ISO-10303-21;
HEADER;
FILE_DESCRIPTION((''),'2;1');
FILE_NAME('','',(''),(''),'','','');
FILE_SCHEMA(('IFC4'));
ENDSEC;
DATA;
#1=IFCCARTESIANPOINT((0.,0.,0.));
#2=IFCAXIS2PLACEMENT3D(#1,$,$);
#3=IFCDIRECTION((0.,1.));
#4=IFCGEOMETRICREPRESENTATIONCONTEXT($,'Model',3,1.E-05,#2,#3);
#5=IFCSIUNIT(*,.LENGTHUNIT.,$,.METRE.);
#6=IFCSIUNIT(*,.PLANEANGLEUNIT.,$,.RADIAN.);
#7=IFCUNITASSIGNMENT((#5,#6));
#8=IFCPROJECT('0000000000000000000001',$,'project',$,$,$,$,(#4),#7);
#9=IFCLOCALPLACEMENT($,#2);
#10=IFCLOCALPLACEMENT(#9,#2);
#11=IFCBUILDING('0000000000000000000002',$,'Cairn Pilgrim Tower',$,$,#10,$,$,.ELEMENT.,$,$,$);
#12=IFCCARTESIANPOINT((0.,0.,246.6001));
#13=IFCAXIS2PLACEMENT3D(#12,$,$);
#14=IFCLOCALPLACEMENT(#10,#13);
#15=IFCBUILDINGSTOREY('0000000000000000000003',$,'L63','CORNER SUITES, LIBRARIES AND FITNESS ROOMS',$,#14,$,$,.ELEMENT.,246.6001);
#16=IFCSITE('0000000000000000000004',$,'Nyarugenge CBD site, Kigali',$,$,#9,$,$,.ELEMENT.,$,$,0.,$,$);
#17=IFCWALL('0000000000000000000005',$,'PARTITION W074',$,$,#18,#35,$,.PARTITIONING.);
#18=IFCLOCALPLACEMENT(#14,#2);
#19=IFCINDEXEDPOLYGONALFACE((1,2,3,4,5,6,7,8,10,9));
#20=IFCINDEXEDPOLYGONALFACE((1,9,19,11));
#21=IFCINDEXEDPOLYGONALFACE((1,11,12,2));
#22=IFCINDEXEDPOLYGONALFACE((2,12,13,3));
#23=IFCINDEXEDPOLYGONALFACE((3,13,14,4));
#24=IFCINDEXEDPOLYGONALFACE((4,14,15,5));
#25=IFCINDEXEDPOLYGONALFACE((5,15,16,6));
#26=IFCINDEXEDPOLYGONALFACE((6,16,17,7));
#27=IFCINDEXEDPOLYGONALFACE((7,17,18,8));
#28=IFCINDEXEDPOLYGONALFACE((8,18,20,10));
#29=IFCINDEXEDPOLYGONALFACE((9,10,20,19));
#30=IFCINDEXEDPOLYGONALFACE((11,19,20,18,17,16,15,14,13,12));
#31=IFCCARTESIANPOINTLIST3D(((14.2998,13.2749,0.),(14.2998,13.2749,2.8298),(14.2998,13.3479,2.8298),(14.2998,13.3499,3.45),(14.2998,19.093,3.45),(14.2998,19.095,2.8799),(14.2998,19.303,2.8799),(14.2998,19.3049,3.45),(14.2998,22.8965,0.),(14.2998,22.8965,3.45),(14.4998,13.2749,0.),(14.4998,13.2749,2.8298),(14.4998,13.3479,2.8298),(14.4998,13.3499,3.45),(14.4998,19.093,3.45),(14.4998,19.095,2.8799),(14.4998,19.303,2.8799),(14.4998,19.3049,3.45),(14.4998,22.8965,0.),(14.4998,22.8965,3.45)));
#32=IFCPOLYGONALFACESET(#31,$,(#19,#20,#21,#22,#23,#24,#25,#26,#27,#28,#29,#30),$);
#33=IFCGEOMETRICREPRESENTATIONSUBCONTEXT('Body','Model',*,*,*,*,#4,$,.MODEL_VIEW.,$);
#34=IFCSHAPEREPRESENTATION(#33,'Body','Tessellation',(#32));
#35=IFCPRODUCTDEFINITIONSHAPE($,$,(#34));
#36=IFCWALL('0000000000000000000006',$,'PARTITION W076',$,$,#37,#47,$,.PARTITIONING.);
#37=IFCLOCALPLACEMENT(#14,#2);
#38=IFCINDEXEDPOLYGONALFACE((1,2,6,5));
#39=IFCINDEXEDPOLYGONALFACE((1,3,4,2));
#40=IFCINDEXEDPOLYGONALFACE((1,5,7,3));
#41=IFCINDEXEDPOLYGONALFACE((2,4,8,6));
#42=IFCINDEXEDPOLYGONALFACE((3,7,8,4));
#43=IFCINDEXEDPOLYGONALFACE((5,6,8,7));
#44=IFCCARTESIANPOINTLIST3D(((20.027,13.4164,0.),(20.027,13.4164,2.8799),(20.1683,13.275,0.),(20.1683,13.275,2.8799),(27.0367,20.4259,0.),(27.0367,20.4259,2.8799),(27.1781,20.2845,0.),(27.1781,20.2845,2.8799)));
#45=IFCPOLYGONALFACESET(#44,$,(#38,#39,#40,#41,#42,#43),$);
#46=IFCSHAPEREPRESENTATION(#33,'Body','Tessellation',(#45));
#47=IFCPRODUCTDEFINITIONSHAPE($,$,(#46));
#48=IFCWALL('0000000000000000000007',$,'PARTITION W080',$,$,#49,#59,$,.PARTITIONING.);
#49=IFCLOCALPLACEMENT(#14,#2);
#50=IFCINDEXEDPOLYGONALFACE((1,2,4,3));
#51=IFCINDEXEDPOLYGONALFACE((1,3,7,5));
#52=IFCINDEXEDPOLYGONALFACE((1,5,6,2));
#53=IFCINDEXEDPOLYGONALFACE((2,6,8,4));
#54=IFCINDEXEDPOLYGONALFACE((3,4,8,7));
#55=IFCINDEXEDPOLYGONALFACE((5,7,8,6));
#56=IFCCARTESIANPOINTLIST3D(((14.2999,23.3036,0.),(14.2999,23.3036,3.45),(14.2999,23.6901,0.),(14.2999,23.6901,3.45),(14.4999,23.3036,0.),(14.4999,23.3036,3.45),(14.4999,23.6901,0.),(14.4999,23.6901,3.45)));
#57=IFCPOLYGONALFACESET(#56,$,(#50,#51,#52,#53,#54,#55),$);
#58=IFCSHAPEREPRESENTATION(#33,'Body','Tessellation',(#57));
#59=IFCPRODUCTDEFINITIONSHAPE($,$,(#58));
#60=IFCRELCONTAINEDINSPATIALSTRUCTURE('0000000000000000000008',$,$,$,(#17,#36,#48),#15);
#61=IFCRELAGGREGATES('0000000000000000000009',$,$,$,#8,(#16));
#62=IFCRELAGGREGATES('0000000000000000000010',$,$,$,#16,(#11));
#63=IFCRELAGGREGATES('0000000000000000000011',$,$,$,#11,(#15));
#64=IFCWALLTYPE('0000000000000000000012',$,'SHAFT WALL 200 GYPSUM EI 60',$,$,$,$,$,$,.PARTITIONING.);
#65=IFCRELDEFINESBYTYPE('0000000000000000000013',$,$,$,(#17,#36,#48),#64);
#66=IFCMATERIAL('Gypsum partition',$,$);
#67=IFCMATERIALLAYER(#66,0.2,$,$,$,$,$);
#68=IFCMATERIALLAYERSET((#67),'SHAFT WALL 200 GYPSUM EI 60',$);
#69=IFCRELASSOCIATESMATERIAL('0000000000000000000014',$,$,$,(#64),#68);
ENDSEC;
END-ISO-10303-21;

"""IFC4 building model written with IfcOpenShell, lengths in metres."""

from ifc_helpers import new_model, si_unit, direction, frame, frame_2d, origin, place, context, subcontext, project, spatial, polyline, rectangle, outline, extrude, material, layer, layer_set, type_object, element, save


model = new_model("IFC4")

# Units and contexts
model_context = context("Model", 3, precision=1e-05, world=origin(), true_north=direction((0.0, 1.0)))
body_context = subcontext(model_context, "Body", "Model", "MODEL_VIEW")
ifc_project = project(units=[si_unit("LENGTHUNIT", "METRE"), si_unit("PLANEANGLEUNIT", "RADIAN")], contexts=[model_context])

# Site, building, storey
site_placement = place(None, origin())
site = spatial("IfcSite", under=ifc_project, at=site_placement, Name="Nyarugenge CBD site, Kigali", CompositionType="ELEMENT", RefElevation=0.0)
building_placement = place(site_placement, origin())
building = spatial("IfcBuilding", under=site, at=building_placement, Name="Cairn Pilgrim Tower", CompositionType="ELEMENT")
storey_placement = place(building_placement, frame((0.0, 0.0, 246.6001)))
storey = spatial("IfcBuildingStorey", under=building, at=storey_placement, Name="L63", Description="CORNER SUITES, LIBRARIES AND FITNESS ROOMS", CompositionType="ELEMENT", Elevation=246.6001)

# Shared definitions
ifc_material_1 = material(Name="Gypsum partition")

# Walls
ifc_layer_1 = layer(ifc_material_1, 0.2)
ifc_layer_set_1 = layer_set([ifc_layer_1], Name="SHAFT WALL 200 GYPSUM EI 60")
wall_type_1 = type_object("IfcWallType", Name="SHAFT WALL 200 GYPSUM EI 60", PredefinedType="PARTITIONING", material=ifc_layer_set_1)
wall_1_placement = place(storey_placement, frame((14.3999, 13.2749, 0.0), z_axis=(0.0, 0.0, 1.0), x_axis=(0.0, 1.0, 0.0)))
element("IfcWall", 1, at=wall_1_placement, inside=storey, type_object=wall_type_1, Name="PARTITION W074", PredefinedType="PARTITIONING", context=body_context, shape_type="SweptSolid", body=[
    extrude(outline(polyline([(0.0, 0.0), (9.6216, 0.0), (9.6216, 3.45), (6.03, 3.45), (6.0281, 2.8799), (5.8201, 2.8799), (5.8181, 3.45), (0.075, 3.45), (0.073, 2.8298), (0.0, 2.8298), (0.0, 0.0)])), frame((0.0, 0.1001, 0.0), z_axis=(0.0, -1.0, 0.0), x_axis=(1.0, 0.0, 0.0)), (0.0, 0.0, 1.0), 0.2),
])
wall_2_placement = place(storey_placement, frame((20.0977, 13.3457, 0.0), z_axis=(0.0, 0.0, 1.0), x_axis=(0.707119, 0.707094, 0.0)))
element("IfcWall", 2, at=wall_2_placement, inside=storey, type_object=wall_type_1, Name="PARTITION W076", PredefinedType="PARTITIONING", context=body_context, shape_type="SweptSolid", body=[
    extrude(rectangle(XDim=9.9131, YDim=0.2, at=frame_2d((4.9565, 0.0))), origin(), (0.0, 0.0, 1.0), 2.8799),
])
wall_3_placement = place(storey_placement, frame((14.3999, 23.3035, 0.0), z_axis=(0.0, 0.0, 1.0), x_axis=(0.0, 1.0, 0.0)))
element("IfcWall", 3, at=wall_3_placement, inside=storey, type_object=wall_type_1, Name="PARTITION W080", PredefinedType="PARTITIONING", context=body_context, shape_type="SweptSolid", body=[
    extrude(rectangle(XDim=0.3865, YDim=0.2, at=frame_2d((0.1934, 0.0))), origin(), (0.0, 0.0, 1.0), 3.45),
])

save(model, "model.ifc")
